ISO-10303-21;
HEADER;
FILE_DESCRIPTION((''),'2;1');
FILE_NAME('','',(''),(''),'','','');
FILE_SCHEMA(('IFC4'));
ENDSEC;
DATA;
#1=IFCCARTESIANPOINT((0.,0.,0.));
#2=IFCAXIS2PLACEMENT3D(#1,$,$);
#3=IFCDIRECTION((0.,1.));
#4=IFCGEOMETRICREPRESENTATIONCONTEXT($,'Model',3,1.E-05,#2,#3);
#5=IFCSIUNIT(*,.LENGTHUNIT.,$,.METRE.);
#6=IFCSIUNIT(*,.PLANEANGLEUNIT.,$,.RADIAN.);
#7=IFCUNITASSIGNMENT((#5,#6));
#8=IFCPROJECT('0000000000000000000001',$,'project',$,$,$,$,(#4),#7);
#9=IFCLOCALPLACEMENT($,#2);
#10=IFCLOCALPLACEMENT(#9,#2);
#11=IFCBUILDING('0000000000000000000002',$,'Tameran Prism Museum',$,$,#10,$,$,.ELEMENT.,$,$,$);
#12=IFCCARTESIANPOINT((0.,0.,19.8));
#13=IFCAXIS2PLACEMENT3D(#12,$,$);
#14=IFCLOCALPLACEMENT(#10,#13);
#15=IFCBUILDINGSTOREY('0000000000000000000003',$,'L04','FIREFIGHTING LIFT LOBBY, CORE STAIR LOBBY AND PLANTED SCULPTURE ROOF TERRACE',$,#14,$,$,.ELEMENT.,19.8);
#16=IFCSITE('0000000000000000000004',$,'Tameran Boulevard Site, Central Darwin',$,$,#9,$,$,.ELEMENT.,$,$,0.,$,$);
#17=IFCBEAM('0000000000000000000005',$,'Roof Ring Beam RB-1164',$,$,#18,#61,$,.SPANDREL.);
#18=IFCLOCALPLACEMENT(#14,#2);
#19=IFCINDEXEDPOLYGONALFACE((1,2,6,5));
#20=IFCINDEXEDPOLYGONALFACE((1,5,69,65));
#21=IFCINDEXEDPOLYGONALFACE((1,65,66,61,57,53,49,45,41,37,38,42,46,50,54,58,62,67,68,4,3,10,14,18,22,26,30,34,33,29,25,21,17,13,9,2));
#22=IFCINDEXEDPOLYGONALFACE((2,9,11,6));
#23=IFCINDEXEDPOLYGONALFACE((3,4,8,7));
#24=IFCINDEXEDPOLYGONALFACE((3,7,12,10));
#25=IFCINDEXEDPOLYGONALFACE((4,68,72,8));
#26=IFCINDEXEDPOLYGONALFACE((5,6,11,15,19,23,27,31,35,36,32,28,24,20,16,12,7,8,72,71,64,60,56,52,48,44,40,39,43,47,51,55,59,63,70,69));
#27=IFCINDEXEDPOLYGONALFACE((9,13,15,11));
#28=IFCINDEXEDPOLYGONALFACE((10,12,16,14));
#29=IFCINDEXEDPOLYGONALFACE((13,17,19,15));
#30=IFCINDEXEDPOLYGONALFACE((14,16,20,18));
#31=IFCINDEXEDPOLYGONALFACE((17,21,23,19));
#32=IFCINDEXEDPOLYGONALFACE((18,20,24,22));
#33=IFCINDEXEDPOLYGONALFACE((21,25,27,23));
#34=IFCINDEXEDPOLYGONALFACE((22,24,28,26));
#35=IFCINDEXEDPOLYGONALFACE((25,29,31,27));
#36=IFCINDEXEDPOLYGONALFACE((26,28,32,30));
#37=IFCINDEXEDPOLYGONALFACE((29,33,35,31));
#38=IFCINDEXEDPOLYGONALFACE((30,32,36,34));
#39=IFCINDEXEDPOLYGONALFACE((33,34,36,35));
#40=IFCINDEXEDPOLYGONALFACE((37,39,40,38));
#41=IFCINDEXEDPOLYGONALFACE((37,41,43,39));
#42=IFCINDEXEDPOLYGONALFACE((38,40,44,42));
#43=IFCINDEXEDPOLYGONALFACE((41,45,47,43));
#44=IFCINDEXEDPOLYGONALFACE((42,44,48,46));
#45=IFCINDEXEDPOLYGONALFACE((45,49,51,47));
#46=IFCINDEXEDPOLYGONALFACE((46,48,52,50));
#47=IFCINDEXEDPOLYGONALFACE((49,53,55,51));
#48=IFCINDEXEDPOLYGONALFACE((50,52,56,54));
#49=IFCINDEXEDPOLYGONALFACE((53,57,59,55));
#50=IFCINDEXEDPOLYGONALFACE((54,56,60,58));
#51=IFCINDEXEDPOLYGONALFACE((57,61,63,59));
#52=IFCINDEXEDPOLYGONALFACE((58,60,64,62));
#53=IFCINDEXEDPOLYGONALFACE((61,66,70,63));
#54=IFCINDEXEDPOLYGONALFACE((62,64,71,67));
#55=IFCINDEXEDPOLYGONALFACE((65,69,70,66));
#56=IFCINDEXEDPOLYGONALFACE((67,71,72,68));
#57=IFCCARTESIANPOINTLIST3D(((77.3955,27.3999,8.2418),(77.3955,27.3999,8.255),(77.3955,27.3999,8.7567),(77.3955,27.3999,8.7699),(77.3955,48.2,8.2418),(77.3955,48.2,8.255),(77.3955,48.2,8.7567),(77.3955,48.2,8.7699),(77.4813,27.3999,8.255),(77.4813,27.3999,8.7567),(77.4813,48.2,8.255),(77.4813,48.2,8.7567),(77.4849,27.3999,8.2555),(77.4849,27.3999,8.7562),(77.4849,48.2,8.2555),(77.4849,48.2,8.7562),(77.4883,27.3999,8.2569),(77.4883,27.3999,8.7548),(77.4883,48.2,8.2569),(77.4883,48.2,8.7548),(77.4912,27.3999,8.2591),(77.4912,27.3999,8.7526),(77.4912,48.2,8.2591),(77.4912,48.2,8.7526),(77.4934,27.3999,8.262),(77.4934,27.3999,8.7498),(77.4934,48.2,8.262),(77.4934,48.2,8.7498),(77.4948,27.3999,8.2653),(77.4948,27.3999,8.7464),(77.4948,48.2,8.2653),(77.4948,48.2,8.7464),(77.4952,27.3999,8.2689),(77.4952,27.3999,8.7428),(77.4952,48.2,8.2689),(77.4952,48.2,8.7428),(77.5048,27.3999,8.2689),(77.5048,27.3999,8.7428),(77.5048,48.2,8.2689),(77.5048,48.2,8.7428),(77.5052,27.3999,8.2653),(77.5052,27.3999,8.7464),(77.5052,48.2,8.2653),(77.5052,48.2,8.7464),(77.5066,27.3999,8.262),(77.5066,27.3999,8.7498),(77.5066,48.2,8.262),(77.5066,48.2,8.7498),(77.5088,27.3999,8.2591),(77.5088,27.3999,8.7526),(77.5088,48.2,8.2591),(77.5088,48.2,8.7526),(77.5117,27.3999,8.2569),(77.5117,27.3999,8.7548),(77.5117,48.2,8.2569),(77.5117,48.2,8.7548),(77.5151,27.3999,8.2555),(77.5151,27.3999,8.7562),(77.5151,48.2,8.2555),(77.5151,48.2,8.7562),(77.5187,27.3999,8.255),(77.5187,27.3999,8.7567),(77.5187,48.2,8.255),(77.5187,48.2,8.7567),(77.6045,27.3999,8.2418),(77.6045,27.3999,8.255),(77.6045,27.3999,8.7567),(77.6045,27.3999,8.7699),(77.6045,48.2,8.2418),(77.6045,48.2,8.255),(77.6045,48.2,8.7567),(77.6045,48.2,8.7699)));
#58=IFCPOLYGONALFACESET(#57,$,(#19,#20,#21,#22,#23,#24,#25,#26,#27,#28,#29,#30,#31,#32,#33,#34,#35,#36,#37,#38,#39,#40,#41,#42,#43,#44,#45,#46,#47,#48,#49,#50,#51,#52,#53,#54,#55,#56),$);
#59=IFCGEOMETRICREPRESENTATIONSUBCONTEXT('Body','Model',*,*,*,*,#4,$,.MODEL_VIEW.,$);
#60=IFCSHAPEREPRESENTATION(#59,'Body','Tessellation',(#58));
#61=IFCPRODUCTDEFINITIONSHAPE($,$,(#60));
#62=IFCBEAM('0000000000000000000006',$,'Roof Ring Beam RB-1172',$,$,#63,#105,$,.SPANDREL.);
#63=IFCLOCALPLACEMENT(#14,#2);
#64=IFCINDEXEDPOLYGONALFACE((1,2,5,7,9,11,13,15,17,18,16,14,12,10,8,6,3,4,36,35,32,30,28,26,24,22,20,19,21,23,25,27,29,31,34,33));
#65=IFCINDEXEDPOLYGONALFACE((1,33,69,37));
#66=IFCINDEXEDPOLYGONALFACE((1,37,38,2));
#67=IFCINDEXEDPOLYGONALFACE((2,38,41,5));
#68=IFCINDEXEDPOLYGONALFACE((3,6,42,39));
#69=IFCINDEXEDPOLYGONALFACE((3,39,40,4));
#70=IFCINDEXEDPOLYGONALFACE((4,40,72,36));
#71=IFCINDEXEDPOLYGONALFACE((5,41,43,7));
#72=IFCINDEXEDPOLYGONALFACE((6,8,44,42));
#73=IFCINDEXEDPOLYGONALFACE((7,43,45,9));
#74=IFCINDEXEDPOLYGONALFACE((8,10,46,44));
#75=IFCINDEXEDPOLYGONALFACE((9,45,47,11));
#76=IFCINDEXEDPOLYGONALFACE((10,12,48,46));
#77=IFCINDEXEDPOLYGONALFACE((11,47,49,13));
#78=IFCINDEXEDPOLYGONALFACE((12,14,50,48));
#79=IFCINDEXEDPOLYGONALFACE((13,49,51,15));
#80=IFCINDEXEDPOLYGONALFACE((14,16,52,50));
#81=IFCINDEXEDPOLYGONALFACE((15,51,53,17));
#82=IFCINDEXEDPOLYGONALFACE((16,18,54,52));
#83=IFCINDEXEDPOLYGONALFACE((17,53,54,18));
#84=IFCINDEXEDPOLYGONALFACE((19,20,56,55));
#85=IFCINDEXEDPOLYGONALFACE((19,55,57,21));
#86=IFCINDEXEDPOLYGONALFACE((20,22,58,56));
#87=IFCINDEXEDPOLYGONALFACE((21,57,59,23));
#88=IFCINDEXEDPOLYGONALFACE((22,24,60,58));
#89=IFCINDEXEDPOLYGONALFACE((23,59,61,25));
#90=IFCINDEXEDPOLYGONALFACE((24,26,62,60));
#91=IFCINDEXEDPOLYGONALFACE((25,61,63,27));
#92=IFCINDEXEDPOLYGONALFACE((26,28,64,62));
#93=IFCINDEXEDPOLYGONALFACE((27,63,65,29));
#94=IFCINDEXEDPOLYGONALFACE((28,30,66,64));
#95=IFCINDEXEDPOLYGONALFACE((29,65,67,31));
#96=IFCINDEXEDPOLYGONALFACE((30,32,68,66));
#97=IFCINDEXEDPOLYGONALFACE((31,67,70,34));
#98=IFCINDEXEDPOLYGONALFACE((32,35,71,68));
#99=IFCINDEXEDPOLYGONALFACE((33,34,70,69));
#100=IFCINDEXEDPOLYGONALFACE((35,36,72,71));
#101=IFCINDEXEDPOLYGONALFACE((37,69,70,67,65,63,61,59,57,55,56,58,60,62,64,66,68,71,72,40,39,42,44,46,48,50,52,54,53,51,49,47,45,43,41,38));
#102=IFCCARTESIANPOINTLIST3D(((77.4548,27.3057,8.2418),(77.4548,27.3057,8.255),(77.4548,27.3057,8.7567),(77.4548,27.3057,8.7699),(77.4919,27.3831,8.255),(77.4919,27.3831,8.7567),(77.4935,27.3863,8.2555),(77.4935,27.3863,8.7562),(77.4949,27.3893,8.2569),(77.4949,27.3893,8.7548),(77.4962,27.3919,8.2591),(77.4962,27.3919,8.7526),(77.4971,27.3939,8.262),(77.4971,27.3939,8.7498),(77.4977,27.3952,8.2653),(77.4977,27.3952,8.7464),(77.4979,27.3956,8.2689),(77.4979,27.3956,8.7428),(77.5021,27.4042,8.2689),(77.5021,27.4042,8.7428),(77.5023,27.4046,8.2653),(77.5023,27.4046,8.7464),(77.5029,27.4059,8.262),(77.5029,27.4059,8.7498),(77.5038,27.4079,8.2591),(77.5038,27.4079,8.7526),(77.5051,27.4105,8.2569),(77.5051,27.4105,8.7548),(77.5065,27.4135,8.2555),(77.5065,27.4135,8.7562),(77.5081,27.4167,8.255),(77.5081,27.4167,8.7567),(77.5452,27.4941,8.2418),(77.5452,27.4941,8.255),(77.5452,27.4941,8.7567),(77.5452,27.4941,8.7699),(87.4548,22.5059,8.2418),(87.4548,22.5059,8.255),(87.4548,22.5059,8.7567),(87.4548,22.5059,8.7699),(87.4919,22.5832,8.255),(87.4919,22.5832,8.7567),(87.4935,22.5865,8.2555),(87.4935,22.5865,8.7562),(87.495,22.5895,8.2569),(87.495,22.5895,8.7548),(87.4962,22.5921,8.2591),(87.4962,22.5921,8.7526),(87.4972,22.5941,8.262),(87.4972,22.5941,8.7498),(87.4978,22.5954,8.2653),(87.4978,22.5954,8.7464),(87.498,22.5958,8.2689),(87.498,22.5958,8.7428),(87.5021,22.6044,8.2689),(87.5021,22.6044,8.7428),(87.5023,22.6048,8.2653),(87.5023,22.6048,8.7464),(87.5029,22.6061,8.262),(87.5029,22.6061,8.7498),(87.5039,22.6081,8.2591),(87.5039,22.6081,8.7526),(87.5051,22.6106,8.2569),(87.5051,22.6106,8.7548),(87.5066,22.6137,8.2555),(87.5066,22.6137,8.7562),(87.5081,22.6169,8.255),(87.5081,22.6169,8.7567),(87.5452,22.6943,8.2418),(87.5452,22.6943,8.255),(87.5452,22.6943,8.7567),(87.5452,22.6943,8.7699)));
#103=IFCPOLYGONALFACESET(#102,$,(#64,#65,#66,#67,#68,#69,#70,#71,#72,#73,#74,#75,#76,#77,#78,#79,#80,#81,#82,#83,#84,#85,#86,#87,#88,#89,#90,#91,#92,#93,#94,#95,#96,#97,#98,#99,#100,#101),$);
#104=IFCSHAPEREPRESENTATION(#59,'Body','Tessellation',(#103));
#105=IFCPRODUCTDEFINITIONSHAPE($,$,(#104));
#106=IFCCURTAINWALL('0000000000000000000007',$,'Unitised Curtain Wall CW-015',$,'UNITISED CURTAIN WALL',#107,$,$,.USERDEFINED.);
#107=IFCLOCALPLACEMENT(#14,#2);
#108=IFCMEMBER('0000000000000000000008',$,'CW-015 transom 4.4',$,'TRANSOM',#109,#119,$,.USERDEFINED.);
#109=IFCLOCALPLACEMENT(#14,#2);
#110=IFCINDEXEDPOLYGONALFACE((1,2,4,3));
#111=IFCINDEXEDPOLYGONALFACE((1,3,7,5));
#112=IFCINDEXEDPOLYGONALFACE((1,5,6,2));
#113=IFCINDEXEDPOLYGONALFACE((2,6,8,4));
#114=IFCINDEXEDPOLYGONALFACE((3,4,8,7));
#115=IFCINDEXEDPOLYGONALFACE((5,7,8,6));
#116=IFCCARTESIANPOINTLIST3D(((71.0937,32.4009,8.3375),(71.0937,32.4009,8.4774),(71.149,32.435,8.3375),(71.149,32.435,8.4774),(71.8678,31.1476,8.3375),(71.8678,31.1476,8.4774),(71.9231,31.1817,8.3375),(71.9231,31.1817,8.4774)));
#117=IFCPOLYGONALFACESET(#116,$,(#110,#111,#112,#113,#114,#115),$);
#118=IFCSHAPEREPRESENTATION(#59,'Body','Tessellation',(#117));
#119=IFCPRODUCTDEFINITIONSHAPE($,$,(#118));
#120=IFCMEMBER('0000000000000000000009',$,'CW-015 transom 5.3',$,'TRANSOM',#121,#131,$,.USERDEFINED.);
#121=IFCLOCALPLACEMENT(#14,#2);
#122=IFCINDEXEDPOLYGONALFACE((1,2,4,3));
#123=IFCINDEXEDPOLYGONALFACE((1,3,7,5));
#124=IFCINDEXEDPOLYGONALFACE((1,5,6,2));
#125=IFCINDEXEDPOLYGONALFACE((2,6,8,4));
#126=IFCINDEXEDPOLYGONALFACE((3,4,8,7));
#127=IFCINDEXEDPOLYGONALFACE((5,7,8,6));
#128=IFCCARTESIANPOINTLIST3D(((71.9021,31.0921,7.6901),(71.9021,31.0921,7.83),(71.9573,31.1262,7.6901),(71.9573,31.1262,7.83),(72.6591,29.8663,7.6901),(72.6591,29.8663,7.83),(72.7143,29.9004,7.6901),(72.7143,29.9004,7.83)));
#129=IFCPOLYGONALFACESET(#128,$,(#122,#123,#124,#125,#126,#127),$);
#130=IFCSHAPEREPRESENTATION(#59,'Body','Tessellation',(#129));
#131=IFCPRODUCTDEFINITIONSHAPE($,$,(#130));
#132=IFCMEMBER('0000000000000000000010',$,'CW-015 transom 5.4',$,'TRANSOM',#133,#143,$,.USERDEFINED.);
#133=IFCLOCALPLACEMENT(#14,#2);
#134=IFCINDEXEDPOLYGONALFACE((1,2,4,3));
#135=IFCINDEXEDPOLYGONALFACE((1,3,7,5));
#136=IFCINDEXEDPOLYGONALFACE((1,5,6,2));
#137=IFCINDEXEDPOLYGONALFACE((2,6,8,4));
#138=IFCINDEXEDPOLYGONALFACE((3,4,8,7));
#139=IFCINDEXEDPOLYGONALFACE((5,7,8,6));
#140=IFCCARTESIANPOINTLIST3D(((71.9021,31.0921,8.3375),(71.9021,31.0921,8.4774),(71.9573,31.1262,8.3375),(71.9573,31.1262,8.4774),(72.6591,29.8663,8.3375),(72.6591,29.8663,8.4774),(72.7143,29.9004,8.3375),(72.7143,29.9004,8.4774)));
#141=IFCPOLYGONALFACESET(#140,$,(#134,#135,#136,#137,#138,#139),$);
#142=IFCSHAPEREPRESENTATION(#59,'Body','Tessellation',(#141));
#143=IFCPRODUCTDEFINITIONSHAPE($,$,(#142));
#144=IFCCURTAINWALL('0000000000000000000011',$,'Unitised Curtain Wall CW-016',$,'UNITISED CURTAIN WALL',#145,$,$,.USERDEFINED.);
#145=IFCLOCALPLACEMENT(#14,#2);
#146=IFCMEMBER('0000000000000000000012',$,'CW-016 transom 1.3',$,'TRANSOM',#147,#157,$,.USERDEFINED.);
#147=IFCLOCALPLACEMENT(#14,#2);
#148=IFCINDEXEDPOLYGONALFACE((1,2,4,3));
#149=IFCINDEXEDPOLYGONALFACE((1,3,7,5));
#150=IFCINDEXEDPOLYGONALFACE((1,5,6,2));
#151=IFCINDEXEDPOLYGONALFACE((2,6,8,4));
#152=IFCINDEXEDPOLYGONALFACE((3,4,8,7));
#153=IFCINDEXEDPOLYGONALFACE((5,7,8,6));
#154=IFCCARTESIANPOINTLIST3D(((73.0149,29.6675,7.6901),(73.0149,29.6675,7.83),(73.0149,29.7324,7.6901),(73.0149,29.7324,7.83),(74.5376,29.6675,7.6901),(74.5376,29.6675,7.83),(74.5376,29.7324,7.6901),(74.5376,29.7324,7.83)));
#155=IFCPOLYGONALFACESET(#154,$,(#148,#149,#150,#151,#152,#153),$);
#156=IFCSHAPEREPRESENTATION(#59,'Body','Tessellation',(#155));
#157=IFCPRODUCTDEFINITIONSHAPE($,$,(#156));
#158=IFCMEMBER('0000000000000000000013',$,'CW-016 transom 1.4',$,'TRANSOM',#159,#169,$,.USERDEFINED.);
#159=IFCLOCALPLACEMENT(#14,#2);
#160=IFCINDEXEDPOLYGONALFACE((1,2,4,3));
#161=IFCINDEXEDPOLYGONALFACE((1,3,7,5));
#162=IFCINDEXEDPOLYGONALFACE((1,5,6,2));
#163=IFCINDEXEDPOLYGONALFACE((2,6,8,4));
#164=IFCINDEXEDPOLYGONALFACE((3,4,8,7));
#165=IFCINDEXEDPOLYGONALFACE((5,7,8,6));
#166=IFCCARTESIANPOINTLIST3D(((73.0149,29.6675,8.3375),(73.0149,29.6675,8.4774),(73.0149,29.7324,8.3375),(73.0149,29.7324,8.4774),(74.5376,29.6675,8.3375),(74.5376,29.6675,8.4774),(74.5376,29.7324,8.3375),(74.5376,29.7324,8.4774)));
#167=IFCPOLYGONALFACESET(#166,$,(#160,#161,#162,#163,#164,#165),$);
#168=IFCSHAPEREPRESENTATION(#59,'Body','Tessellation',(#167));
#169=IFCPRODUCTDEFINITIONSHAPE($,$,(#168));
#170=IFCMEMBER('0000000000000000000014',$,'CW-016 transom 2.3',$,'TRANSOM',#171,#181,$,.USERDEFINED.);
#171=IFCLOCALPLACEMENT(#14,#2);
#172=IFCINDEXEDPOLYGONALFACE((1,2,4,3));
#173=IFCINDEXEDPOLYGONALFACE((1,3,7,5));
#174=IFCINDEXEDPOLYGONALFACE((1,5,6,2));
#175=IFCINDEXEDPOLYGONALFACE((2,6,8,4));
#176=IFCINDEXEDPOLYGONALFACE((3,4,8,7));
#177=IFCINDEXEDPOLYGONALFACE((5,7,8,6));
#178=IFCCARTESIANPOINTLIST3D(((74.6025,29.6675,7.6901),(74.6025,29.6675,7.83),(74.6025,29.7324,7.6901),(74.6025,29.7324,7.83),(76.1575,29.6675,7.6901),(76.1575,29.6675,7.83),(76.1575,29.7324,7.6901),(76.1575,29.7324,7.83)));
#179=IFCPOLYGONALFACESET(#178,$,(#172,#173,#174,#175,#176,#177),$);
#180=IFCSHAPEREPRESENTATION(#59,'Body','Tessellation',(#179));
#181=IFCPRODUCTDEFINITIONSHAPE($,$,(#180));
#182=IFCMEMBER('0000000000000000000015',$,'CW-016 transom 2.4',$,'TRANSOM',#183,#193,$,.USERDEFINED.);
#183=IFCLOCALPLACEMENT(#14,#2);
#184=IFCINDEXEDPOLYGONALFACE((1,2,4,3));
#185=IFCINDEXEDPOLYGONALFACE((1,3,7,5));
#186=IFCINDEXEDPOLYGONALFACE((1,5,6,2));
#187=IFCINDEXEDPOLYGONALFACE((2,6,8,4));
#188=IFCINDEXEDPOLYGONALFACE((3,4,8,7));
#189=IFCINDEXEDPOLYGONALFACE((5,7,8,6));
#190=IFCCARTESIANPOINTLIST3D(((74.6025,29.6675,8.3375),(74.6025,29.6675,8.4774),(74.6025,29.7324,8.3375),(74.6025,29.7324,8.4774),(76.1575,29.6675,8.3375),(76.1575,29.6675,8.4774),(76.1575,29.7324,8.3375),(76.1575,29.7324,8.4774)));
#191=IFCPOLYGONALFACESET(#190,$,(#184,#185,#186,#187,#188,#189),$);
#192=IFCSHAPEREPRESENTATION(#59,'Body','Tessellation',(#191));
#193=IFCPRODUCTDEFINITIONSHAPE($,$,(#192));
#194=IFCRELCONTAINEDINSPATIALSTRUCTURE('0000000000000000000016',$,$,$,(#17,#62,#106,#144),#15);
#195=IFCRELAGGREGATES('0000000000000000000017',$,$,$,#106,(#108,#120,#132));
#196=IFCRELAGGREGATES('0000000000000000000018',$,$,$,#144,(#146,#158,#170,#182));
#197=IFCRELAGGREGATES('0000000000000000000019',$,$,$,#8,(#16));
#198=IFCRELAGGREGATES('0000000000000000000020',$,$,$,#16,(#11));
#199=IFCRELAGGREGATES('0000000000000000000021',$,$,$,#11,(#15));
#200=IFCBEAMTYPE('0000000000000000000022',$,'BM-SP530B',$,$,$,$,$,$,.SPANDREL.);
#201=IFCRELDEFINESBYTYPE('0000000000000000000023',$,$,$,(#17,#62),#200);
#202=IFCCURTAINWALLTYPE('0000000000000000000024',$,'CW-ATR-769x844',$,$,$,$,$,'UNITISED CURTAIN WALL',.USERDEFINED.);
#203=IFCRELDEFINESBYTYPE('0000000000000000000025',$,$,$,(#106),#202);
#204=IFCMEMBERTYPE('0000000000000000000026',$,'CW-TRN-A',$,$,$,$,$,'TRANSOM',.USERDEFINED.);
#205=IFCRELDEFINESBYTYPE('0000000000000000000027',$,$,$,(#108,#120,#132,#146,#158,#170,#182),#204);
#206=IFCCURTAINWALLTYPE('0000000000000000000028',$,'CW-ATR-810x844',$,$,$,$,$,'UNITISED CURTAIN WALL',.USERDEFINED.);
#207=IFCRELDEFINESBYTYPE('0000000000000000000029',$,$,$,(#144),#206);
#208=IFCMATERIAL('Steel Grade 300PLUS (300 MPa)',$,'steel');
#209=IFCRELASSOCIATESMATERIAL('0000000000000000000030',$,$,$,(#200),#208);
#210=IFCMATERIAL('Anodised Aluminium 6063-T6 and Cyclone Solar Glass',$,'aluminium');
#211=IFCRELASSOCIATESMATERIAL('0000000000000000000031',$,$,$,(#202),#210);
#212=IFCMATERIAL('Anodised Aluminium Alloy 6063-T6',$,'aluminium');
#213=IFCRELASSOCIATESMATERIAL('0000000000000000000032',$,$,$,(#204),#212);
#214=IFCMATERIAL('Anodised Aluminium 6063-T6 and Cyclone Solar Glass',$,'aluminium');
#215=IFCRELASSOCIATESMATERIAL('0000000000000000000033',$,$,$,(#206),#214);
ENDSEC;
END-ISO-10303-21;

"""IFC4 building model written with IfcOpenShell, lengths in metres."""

from ifc_helpers import new_model, si_unit, direction, frame, origin, origin_2d, place, context, subcontext, project, spatial, rectangle, i_section, extrude, material, material_profile, profile_set, type_object, element, aggregate, save


model = new_model("IFC4")

# Units and contexts
model_context = context("Model", 3, precision=1e-05, world=origin(), true_north=direction((0.0, 1.0)))
body_context = subcontext(model_context, "Body", "Model", "MODEL_VIEW")
ifc_project = project(units=[si_unit("LENGTHUNIT", "METRE"), si_unit("PLANEANGLEUNIT", "RADIAN")], contexts=[model_context])

# Site, building, storey
site_placement = place(None, origin())
site = spatial("IfcSite", under=ifc_project, at=site_placement, Name="Tameran Boulevard Site, Central Darwin", CompositionType="ELEMENT", RefElevation=0.0)
building_placement = place(site_placement, origin())
building = spatial("IfcBuilding", under=site, at=building_placement, Name="Tameran Prism Museum", CompositionType="ELEMENT")
storey_placement = place(building_placement, frame((0.0, 0.0, 19.8)))
storey = spatial("IfcBuildingStorey", under=building, at=storey_placement, Name="L04", Description="FIREFIGHTING LIFT LOBBY, CORE STAIR LOBBY AND PLANTED SCULPTURE ROOF TERRACE", CompositionType="ELEMENT", Elevation=19.8)

# Beams
ifc_material_1 = material(Name="Steel Grade 300PLUS (300 MPa)", Category="steel")
ifc_material_profile_1 = material_profile(ifc_material_1, i_section(OverallWidth=0.209, OverallDepth=0.5281, WebThickness=0.0095, FlangeThickness=0.0132, FilletRadius=0.0139, at=origin_2d()))
ifc_profile_set_1 = profile_set([ifc_material_profile_1])
beam_type = type_object("IfcBeamType", Name="BM-SP530B", PredefinedType="SPANDREL", material=ifc_profile_set_1)
beam_1_placement = place(storey_placement, frame((77.5, 27.3999, 8.5059), z_axis=(0.0, 1.0, 0.0), x_axis=(-1.0, 0.0, 0.0)))
element("IfcBeam", 1, at=beam_1_placement, inside=storey, type_object=beam_type, Name="Roof Ring Beam RB-1164", PredefinedType="SPANDREL", context=body_context, shape_type="SweptSolid", body=[
    extrude(i_section(OverallWidth=0.209, OverallDepth=0.5281, WebThickness=0.0095, FlangeThickness=0.0132, FilletRadius=0.0139, at=origin_2d()), origin(), (0.0, 0.0, 1.0), 20.8),
])
beam_2_placement = place(storey_placement, frame((77.5, 27.3999, 8.5059), z_axis=(0.90153, -0.432717, 0.0), x_axis=(0.432717, 0.90153, 0.0)))
element("IfcBeam", 2, at=beam_2_placement, inside=storey, type_object=beam_type, Name="Roof Ring Beam RB-1172", PredefinedType="SPANDREL", context=body_context, shape_type="SweptSolid", body=[
    extrude(i_section(OverallWidth=0.209, OverallDepth=0.5281, WebThickness=0.0095, FlangeThickness=0.0132, FilletRadius=0.0139, at=origin_2d()), origin(), (0.0, 0.0, 1.0), 11.0923),
])

# Curtain walls, members
ifc_material_2 = material(Name="Anodised Aluminium 6063-T6 and Cyclone Solar Glass", Category="aluminium")
curtain_wall_type_1 = type_object("IfcCurtainWallType", Name="CW-ATR-769x844", ElementType="UNITISED CURTAIN WALL", PredefinedType="USERDEFINED", material=ifc_material_2)
curtain_wall_1_placement = place(storey_placement, origin())
curtain_wall_1 = element("IfcCurtainWall", 3, at=curtain_wall_1_placement, inside=storey, type_object=curtain_wall_type_1, Name="Unitised Curtain Wall CW-015", ObjectType="UNITISED CURTAIN WALL", PredefinedType="USERDEFINED")
ifc_material_3 = material(Name="Anodised Aluminium Alloy 6063-T6", Category="aluminium")
ifc_material_profile_2 = material_profile(ifc_material_3, rectangle(XDim=0.0649, YDim=0.1399, at=origin_2d()))
ifc_profile_set_2 = profile_set([ifc_material_profile_2])
member_type_1 = type_object("IfcMemberType", Name="CW-TRN-A", ElementType="TRANSOM", PredefinedType="USERDEFINED", material=ifc_profile_set_2)
member_1_placement = place(storey_placement, frame((71.1213, 32.418, 8.4075), z_axis=(0.525493, -0.850798, 0.0), x_axis=(0.850798, 0.525493, 0.0)))
member_1 = element("IfcMember", 4, at=member_1_placement, type_object=member_type_1, Name="CW-015 transom 4.4", ObjectType="TRANSOM", PredefinedType="USERDEFINED", context=body_context, shape_type="SweptSolid", body=[
    extrude(rectangle(XDim=0.0649, YDim=0.1399, at=origin_2d()), origin(), (0.0, 0.0, 1.0), 1.4731),
])
member_2_placement = place(storey_placement, frame((71.9297, 31.1091, 7.76), z_axis=(0.525468, -0.850814, 0.0), x_axis=(0.850814, 0.525468, 0.0)))
member_2 = element("IfcMember", 5, at=member_2_placement, type_object=member_type_1, Name="CW-015 transom 5.3", ObjectType="TRANSOM", PredefinedType="USERDEFINED", context=body_context, shape_type="SweptSolid", body=[
    extrude(rectangle(XDim=0.0649, YDim=0.1399, at=origin_2d()), origin(), (0.0, 0.0, 1.0), 1.4407),
])
member_3_placement = place(storey_placement, frame((71.9297, 31.1091, 8.4075), z_axis=(0.525468, -0.850814, 0.0), x_axis=(0.850814, 0.525468, 0.0)))
member_3 = element("IfcMember", 6, at=member_3_placement, type_object=member_type_1, Name="CW-015 transom 5.4", ObjectType="TRANSOM", PredefinedType="USERDEFINED", context=body_context, shape_type="SweptSolid", body=[
    extrude(rectangle(XDim=0.0649, YDim=0.1399, at=origin_2d()), origin(), (0.0, 0.0, 1.0), 1.4407),
])
ifc_material_4 = material(Name="Anodised Aluminium 6063-T6 and Cyclone Solar Glass", Category="aluminium")
curtain_wall_type_2 = type_object("IfcCurtainWallType", Name="CW-ATR-810x844", ElementType="UNITISED CURTAIN WALL", PredefinedType="USERDEFINED", material=ifc_material_4)
curtain_wall_2_placement = place(storey_placement, origin())
curtain_wall_2 = element("IfcCurtainWall", 7, at=curtain_wall_2_placement, inside=storey, type_object=curtain_wall_type_2, Name="Unitised Curtain Wall CW-016", ObjectType="UNITISED CURTAIN WALL", PredefinedType="USERDEFINED")
member_4_placement = place(storey_placement, frame((73.0149, 29.7, 7.76), z_axis=(1.0, 0.0, 0.0), x_axis=(0.0, 1.0, 0.0)))
member_4 = element("IfcMember", 8, at=member_4_placement, type_object=member_type_1, Name="CW-016 transom 1.3", ObjectType="TRANSOM", PredefinedType="USERDEFINED", context=body_context, shape_type="SweptSolid", body=[
    extrude(rectangle(XDim=0.0649, YDim=0.1399, at=origin_2d()), origin(), (0.0, 0.0, 1.0), 1.5227),
])
member_5_placement = place(storey_placement, frame((73.0149, 29.7, 8.4075), z_axis=(1.0, 0.0, 0.0), x_axis=(0.0, 1.0, 0.0)))
member_5 = element("IfcMember", 9, at=member_5_placement, type_object=member_type_1, Name="CW-016 transom 1.4", ObjectType="TRANSOM", PredefinedType="USERDEFINED", context=body_context, shape_type="SweptSolid", body=[
    extrude(rectangle(XDim=0.0649, YDim=0.1399, at=origin_2d()), origin(), (0.0, 0.0, 1.0), 1.5227),
])
member_6_placement = place(storey_placement, frame((74.6025, 29.7, 7.76), z_axis=(1.0, 0.0, 0.0), x_axis=(0.0, 1.0, 0.0)))
member_6 = element("IfcMember", 10, at=member_6_placement, type_object=member_type_1, Name="CW-016 transom 2.3", ObjectType="TRANSOM", PredefinedType="USERDEFINED", context=body_context, shape_type="SweptSolid", body=[
    extrude(rectangle(XDim=0.0649, YDim=0.1399, at=origin_2d()), origin(), (0.0, 0.0, 1.0), 1.5549),
])
member_7_placement = place(storey_placement, frame((74.6025, 29.7, 8.4075), z_axis=(1.0, 0.0, 0.0), x_axis=(0.0, 1.0, 0.0)))
member_7 = element("IfcMember", 11, at=member_7_placement, type_object=member_type_1, Name="CW-016 transom 2.4", ObjectType="TRANSOM", PredefinedType="USERDEFINED", context=body_context, shape_type="SweptSolid", body=[
    extrude(rectangle(XDim=0.0649, YDim=0.1399, at=origin_2d()), origin(), (0.0, 0.0, 1.0), 1.5549),
])

aggregate(curtain_wall_1, [member_1, member_2, member_3])
aggregate(curtain_wall_2, [member_4, member_5, member_6, member_7])

save(model, "model.ifc")
